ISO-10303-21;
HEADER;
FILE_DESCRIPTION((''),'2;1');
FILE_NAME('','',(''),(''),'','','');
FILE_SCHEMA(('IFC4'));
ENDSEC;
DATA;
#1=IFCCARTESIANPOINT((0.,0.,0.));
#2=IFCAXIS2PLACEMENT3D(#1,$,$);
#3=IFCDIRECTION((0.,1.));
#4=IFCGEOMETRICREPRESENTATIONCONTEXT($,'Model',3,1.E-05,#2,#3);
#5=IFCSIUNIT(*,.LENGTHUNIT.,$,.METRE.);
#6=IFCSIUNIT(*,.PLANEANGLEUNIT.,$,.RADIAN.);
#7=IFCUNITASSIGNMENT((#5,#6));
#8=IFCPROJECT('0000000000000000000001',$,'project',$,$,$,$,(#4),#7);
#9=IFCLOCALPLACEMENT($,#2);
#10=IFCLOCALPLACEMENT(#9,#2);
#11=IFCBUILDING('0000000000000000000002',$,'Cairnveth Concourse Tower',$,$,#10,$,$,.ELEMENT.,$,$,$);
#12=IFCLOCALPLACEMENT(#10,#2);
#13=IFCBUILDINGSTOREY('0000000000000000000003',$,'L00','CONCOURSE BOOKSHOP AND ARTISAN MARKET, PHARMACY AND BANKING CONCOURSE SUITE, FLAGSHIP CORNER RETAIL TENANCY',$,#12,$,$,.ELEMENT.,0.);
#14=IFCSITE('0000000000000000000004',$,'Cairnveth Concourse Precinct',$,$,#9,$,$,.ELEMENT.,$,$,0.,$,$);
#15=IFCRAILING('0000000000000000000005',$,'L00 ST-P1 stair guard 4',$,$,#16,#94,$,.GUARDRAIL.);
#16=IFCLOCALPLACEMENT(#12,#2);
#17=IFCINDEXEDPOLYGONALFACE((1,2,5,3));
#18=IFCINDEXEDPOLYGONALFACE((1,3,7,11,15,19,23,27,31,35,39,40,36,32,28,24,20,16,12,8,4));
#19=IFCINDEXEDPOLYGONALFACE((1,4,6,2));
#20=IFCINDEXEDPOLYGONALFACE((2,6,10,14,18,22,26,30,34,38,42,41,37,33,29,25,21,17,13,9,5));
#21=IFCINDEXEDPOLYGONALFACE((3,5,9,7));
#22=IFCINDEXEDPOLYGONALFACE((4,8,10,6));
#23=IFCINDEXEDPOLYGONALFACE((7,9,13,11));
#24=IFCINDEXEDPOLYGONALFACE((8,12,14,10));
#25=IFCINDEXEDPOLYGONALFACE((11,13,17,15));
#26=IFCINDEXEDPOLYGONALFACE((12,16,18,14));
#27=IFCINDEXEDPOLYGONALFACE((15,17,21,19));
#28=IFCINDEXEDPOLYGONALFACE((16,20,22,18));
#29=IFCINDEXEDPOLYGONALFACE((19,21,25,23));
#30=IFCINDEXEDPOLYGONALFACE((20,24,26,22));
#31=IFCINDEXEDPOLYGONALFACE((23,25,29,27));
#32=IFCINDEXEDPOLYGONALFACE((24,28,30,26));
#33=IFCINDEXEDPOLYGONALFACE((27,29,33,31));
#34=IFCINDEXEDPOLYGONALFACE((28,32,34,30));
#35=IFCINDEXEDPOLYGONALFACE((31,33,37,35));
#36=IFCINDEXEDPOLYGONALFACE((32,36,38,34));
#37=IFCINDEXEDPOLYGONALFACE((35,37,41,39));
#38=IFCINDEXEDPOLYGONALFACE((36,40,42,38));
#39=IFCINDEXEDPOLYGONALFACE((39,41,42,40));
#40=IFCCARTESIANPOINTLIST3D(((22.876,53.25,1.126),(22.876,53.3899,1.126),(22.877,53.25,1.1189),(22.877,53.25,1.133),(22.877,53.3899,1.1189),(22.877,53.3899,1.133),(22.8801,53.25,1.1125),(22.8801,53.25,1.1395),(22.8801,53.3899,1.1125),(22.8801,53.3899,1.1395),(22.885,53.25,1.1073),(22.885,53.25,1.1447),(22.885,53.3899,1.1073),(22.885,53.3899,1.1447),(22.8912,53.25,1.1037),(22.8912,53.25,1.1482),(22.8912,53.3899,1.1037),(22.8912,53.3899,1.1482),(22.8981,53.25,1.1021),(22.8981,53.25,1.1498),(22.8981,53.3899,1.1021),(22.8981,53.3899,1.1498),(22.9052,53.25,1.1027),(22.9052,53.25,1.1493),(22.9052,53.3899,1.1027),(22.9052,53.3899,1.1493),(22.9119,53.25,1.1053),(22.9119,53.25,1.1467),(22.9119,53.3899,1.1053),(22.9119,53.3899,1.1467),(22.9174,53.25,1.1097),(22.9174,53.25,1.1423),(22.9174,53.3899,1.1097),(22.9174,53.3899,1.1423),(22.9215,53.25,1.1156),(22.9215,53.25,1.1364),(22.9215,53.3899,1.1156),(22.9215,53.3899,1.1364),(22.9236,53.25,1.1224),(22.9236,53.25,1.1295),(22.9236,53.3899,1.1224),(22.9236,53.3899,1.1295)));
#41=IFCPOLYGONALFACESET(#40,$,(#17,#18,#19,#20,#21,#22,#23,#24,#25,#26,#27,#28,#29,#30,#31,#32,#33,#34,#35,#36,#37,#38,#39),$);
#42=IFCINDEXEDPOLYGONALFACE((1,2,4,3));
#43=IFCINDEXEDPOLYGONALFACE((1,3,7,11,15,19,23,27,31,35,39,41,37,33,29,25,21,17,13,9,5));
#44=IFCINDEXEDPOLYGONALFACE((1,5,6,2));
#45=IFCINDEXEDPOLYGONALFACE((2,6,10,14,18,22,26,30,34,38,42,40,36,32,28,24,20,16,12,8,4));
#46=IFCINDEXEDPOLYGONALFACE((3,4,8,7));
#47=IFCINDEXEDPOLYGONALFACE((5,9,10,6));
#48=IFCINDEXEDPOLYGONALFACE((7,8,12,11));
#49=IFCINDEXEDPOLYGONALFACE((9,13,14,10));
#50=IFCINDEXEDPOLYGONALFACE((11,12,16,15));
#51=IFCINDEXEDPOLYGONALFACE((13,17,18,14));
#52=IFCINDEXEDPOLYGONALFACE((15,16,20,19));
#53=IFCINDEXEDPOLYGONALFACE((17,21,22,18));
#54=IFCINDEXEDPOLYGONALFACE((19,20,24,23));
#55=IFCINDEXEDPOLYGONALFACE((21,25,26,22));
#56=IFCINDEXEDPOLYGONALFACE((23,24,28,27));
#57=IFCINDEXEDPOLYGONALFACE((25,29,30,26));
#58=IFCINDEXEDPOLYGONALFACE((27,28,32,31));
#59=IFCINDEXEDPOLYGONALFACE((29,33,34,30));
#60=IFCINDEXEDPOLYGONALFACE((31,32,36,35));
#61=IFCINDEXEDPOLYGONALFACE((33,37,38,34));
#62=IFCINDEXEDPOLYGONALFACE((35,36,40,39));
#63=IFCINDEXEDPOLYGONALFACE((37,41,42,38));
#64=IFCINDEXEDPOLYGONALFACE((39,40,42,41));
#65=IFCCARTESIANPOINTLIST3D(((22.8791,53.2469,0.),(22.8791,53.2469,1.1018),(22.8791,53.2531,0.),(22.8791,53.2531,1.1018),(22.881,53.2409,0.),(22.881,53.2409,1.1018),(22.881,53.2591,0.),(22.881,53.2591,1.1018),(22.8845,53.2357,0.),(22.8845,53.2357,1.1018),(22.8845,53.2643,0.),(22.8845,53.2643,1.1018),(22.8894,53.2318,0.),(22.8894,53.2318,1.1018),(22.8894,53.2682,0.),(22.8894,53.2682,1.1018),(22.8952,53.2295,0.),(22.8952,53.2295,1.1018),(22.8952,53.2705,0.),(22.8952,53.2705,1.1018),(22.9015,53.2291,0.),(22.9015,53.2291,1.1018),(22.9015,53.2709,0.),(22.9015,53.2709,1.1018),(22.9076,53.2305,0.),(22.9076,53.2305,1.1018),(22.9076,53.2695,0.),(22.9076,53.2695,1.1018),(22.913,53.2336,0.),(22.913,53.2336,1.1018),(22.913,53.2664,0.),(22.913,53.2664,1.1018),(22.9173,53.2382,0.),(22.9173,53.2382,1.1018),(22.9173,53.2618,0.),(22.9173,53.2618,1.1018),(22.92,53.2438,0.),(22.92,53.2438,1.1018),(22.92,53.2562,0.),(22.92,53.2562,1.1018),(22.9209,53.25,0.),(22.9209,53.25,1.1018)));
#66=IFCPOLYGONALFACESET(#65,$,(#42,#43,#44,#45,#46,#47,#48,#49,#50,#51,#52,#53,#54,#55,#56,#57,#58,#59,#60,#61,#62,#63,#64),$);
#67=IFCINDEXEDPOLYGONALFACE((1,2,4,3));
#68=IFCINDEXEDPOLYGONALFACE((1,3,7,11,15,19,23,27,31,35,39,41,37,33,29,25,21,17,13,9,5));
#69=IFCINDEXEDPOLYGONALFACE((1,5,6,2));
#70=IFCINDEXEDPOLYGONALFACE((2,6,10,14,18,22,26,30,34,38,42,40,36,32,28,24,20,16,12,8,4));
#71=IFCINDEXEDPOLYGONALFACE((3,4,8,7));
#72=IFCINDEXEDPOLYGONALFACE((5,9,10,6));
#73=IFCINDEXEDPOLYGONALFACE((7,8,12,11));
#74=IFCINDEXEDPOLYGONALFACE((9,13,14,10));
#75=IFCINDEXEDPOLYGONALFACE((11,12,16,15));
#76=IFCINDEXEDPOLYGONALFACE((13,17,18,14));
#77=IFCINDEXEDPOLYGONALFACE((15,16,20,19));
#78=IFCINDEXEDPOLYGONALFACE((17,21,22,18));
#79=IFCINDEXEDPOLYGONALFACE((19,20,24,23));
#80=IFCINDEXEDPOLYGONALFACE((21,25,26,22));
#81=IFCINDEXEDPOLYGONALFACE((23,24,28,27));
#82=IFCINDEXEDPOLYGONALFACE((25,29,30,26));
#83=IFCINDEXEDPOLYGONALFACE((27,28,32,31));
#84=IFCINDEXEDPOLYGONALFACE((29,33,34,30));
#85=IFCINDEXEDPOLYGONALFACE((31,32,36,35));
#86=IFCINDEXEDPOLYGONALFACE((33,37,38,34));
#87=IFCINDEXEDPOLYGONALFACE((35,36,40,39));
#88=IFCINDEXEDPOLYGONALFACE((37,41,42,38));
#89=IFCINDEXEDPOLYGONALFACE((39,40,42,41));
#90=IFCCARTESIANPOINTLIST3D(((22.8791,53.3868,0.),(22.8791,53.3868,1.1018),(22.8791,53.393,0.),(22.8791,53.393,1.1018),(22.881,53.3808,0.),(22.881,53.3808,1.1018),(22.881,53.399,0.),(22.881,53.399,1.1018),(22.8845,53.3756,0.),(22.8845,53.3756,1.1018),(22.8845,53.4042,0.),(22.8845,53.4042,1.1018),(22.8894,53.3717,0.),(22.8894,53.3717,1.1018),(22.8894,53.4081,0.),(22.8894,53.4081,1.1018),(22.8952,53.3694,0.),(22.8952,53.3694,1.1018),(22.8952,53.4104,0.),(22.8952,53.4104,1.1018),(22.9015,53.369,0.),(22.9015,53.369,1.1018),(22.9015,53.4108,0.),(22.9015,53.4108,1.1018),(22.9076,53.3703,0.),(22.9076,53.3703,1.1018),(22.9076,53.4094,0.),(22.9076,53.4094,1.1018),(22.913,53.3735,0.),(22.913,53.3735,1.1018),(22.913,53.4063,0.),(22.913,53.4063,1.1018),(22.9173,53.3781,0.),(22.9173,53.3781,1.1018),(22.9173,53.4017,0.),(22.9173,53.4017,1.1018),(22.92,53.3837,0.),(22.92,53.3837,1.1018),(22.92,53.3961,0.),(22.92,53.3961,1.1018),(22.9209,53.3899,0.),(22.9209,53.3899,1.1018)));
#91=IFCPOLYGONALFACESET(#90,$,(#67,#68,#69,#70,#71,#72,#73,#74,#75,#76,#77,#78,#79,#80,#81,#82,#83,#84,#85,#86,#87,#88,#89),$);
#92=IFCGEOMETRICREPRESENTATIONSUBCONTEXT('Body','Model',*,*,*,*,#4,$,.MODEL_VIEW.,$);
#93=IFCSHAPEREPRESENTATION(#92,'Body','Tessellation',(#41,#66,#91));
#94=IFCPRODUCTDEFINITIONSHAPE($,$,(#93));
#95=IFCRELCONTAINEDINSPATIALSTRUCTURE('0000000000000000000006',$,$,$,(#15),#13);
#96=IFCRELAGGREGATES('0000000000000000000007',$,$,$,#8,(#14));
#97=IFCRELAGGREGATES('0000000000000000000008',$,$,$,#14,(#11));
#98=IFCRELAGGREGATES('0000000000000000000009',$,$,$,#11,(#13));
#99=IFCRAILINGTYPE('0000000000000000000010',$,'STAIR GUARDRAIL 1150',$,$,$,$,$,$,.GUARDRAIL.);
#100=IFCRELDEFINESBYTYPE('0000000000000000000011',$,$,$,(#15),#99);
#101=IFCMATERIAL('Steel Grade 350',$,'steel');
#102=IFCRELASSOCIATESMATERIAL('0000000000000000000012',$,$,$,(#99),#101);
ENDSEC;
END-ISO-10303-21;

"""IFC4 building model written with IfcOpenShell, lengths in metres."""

from ifc_helpers import new_model, si_unit, direction, frame, origin, origin_2d, place, context, subcontext, project, spatial, circle, extrude, material, type_object, element, save


model = new_model("IFC4")

# Units and contexts
model_context = context("Model", 3, precision=1e-05, world=origin(), true_north=direction((0.0, 1.0)))
body_context = subcontext(model_context, "Body", "Model", "MODEL_VIEW")
ifc_project = project(units=[si_unit("LENGTHUNIT", "METRE"), si_unit("PLANEANGLEUNIT", "RADIAN")], contexts=[model_context])

# Site, building, storey
site_placement = place(None, origin())
site = spatial("IfcSite", under=ifc_project, at=site_placement, Name="Cairnveth Concourse Precinct", CompositionType="ELEMENT", RefElevation=0.0)
building_placement = place(site_placement, origin())
building = spatial("IfcBuilding", under=site, at=building_placement, Name="Cairnveth Concourse Tower", CompositionType="ELEMENT")
storey_placement = place(building_placement, origin())
storey = spatial("IfcBuildingStorey", under=building, at=storey_placement, Name="L00", Description="CONCOURSE BOOKSHOP AND ARTISAN MARKET, PHARMACY AND BANKING CONCOURSE SUITE, FLAGSHIP CORNER RETAIL TENANCY", CompositionType="ELEMENT", Elevation=0.0)

# Shared definitions
ifc_material_1 = material(Name="Steel Grade 350", Category="steel")

# Railing
railing_type_1 = type_object("IfcRailingType", Name="STAIR GUARDRAIL 1150", PredefinedType="GUARDRAIL", material=ifc_material_1)
railing_1_placement = place(storey_placement, frame((22.8999, 53.25, 0.0)))
element("IfcRailing", 1, at=railing_1_placement, inside=storey, type_object=railing_type_1, Name="L00 ST-P1 stair guard 4", PredefinedType="GUARDRAIL", context=body_context, shape_type="SweptSolid", body=[
    extrude(circle(Radius=0.0239, at=origin_2d()), frame((0.0, 0.0, 1.126), z_axis=(0.0, 1.0, 0.0), x_axis=(-1.0, 0.0, 0.0)), (0.0, 0.0, 1.0), 0.1399),
    extrude(circle(Radius=0.021, at=origin_2d()), origin(), (0.0, 0.0, 1.0), 1.1018),
    extrude(circle(Radius=0.021, at=origin_2d()), frame((0.0, 0.1399, 0.0)), (0.0, 0.0, 1.0), 1.1018),
])

save(model, "model.ifc")
